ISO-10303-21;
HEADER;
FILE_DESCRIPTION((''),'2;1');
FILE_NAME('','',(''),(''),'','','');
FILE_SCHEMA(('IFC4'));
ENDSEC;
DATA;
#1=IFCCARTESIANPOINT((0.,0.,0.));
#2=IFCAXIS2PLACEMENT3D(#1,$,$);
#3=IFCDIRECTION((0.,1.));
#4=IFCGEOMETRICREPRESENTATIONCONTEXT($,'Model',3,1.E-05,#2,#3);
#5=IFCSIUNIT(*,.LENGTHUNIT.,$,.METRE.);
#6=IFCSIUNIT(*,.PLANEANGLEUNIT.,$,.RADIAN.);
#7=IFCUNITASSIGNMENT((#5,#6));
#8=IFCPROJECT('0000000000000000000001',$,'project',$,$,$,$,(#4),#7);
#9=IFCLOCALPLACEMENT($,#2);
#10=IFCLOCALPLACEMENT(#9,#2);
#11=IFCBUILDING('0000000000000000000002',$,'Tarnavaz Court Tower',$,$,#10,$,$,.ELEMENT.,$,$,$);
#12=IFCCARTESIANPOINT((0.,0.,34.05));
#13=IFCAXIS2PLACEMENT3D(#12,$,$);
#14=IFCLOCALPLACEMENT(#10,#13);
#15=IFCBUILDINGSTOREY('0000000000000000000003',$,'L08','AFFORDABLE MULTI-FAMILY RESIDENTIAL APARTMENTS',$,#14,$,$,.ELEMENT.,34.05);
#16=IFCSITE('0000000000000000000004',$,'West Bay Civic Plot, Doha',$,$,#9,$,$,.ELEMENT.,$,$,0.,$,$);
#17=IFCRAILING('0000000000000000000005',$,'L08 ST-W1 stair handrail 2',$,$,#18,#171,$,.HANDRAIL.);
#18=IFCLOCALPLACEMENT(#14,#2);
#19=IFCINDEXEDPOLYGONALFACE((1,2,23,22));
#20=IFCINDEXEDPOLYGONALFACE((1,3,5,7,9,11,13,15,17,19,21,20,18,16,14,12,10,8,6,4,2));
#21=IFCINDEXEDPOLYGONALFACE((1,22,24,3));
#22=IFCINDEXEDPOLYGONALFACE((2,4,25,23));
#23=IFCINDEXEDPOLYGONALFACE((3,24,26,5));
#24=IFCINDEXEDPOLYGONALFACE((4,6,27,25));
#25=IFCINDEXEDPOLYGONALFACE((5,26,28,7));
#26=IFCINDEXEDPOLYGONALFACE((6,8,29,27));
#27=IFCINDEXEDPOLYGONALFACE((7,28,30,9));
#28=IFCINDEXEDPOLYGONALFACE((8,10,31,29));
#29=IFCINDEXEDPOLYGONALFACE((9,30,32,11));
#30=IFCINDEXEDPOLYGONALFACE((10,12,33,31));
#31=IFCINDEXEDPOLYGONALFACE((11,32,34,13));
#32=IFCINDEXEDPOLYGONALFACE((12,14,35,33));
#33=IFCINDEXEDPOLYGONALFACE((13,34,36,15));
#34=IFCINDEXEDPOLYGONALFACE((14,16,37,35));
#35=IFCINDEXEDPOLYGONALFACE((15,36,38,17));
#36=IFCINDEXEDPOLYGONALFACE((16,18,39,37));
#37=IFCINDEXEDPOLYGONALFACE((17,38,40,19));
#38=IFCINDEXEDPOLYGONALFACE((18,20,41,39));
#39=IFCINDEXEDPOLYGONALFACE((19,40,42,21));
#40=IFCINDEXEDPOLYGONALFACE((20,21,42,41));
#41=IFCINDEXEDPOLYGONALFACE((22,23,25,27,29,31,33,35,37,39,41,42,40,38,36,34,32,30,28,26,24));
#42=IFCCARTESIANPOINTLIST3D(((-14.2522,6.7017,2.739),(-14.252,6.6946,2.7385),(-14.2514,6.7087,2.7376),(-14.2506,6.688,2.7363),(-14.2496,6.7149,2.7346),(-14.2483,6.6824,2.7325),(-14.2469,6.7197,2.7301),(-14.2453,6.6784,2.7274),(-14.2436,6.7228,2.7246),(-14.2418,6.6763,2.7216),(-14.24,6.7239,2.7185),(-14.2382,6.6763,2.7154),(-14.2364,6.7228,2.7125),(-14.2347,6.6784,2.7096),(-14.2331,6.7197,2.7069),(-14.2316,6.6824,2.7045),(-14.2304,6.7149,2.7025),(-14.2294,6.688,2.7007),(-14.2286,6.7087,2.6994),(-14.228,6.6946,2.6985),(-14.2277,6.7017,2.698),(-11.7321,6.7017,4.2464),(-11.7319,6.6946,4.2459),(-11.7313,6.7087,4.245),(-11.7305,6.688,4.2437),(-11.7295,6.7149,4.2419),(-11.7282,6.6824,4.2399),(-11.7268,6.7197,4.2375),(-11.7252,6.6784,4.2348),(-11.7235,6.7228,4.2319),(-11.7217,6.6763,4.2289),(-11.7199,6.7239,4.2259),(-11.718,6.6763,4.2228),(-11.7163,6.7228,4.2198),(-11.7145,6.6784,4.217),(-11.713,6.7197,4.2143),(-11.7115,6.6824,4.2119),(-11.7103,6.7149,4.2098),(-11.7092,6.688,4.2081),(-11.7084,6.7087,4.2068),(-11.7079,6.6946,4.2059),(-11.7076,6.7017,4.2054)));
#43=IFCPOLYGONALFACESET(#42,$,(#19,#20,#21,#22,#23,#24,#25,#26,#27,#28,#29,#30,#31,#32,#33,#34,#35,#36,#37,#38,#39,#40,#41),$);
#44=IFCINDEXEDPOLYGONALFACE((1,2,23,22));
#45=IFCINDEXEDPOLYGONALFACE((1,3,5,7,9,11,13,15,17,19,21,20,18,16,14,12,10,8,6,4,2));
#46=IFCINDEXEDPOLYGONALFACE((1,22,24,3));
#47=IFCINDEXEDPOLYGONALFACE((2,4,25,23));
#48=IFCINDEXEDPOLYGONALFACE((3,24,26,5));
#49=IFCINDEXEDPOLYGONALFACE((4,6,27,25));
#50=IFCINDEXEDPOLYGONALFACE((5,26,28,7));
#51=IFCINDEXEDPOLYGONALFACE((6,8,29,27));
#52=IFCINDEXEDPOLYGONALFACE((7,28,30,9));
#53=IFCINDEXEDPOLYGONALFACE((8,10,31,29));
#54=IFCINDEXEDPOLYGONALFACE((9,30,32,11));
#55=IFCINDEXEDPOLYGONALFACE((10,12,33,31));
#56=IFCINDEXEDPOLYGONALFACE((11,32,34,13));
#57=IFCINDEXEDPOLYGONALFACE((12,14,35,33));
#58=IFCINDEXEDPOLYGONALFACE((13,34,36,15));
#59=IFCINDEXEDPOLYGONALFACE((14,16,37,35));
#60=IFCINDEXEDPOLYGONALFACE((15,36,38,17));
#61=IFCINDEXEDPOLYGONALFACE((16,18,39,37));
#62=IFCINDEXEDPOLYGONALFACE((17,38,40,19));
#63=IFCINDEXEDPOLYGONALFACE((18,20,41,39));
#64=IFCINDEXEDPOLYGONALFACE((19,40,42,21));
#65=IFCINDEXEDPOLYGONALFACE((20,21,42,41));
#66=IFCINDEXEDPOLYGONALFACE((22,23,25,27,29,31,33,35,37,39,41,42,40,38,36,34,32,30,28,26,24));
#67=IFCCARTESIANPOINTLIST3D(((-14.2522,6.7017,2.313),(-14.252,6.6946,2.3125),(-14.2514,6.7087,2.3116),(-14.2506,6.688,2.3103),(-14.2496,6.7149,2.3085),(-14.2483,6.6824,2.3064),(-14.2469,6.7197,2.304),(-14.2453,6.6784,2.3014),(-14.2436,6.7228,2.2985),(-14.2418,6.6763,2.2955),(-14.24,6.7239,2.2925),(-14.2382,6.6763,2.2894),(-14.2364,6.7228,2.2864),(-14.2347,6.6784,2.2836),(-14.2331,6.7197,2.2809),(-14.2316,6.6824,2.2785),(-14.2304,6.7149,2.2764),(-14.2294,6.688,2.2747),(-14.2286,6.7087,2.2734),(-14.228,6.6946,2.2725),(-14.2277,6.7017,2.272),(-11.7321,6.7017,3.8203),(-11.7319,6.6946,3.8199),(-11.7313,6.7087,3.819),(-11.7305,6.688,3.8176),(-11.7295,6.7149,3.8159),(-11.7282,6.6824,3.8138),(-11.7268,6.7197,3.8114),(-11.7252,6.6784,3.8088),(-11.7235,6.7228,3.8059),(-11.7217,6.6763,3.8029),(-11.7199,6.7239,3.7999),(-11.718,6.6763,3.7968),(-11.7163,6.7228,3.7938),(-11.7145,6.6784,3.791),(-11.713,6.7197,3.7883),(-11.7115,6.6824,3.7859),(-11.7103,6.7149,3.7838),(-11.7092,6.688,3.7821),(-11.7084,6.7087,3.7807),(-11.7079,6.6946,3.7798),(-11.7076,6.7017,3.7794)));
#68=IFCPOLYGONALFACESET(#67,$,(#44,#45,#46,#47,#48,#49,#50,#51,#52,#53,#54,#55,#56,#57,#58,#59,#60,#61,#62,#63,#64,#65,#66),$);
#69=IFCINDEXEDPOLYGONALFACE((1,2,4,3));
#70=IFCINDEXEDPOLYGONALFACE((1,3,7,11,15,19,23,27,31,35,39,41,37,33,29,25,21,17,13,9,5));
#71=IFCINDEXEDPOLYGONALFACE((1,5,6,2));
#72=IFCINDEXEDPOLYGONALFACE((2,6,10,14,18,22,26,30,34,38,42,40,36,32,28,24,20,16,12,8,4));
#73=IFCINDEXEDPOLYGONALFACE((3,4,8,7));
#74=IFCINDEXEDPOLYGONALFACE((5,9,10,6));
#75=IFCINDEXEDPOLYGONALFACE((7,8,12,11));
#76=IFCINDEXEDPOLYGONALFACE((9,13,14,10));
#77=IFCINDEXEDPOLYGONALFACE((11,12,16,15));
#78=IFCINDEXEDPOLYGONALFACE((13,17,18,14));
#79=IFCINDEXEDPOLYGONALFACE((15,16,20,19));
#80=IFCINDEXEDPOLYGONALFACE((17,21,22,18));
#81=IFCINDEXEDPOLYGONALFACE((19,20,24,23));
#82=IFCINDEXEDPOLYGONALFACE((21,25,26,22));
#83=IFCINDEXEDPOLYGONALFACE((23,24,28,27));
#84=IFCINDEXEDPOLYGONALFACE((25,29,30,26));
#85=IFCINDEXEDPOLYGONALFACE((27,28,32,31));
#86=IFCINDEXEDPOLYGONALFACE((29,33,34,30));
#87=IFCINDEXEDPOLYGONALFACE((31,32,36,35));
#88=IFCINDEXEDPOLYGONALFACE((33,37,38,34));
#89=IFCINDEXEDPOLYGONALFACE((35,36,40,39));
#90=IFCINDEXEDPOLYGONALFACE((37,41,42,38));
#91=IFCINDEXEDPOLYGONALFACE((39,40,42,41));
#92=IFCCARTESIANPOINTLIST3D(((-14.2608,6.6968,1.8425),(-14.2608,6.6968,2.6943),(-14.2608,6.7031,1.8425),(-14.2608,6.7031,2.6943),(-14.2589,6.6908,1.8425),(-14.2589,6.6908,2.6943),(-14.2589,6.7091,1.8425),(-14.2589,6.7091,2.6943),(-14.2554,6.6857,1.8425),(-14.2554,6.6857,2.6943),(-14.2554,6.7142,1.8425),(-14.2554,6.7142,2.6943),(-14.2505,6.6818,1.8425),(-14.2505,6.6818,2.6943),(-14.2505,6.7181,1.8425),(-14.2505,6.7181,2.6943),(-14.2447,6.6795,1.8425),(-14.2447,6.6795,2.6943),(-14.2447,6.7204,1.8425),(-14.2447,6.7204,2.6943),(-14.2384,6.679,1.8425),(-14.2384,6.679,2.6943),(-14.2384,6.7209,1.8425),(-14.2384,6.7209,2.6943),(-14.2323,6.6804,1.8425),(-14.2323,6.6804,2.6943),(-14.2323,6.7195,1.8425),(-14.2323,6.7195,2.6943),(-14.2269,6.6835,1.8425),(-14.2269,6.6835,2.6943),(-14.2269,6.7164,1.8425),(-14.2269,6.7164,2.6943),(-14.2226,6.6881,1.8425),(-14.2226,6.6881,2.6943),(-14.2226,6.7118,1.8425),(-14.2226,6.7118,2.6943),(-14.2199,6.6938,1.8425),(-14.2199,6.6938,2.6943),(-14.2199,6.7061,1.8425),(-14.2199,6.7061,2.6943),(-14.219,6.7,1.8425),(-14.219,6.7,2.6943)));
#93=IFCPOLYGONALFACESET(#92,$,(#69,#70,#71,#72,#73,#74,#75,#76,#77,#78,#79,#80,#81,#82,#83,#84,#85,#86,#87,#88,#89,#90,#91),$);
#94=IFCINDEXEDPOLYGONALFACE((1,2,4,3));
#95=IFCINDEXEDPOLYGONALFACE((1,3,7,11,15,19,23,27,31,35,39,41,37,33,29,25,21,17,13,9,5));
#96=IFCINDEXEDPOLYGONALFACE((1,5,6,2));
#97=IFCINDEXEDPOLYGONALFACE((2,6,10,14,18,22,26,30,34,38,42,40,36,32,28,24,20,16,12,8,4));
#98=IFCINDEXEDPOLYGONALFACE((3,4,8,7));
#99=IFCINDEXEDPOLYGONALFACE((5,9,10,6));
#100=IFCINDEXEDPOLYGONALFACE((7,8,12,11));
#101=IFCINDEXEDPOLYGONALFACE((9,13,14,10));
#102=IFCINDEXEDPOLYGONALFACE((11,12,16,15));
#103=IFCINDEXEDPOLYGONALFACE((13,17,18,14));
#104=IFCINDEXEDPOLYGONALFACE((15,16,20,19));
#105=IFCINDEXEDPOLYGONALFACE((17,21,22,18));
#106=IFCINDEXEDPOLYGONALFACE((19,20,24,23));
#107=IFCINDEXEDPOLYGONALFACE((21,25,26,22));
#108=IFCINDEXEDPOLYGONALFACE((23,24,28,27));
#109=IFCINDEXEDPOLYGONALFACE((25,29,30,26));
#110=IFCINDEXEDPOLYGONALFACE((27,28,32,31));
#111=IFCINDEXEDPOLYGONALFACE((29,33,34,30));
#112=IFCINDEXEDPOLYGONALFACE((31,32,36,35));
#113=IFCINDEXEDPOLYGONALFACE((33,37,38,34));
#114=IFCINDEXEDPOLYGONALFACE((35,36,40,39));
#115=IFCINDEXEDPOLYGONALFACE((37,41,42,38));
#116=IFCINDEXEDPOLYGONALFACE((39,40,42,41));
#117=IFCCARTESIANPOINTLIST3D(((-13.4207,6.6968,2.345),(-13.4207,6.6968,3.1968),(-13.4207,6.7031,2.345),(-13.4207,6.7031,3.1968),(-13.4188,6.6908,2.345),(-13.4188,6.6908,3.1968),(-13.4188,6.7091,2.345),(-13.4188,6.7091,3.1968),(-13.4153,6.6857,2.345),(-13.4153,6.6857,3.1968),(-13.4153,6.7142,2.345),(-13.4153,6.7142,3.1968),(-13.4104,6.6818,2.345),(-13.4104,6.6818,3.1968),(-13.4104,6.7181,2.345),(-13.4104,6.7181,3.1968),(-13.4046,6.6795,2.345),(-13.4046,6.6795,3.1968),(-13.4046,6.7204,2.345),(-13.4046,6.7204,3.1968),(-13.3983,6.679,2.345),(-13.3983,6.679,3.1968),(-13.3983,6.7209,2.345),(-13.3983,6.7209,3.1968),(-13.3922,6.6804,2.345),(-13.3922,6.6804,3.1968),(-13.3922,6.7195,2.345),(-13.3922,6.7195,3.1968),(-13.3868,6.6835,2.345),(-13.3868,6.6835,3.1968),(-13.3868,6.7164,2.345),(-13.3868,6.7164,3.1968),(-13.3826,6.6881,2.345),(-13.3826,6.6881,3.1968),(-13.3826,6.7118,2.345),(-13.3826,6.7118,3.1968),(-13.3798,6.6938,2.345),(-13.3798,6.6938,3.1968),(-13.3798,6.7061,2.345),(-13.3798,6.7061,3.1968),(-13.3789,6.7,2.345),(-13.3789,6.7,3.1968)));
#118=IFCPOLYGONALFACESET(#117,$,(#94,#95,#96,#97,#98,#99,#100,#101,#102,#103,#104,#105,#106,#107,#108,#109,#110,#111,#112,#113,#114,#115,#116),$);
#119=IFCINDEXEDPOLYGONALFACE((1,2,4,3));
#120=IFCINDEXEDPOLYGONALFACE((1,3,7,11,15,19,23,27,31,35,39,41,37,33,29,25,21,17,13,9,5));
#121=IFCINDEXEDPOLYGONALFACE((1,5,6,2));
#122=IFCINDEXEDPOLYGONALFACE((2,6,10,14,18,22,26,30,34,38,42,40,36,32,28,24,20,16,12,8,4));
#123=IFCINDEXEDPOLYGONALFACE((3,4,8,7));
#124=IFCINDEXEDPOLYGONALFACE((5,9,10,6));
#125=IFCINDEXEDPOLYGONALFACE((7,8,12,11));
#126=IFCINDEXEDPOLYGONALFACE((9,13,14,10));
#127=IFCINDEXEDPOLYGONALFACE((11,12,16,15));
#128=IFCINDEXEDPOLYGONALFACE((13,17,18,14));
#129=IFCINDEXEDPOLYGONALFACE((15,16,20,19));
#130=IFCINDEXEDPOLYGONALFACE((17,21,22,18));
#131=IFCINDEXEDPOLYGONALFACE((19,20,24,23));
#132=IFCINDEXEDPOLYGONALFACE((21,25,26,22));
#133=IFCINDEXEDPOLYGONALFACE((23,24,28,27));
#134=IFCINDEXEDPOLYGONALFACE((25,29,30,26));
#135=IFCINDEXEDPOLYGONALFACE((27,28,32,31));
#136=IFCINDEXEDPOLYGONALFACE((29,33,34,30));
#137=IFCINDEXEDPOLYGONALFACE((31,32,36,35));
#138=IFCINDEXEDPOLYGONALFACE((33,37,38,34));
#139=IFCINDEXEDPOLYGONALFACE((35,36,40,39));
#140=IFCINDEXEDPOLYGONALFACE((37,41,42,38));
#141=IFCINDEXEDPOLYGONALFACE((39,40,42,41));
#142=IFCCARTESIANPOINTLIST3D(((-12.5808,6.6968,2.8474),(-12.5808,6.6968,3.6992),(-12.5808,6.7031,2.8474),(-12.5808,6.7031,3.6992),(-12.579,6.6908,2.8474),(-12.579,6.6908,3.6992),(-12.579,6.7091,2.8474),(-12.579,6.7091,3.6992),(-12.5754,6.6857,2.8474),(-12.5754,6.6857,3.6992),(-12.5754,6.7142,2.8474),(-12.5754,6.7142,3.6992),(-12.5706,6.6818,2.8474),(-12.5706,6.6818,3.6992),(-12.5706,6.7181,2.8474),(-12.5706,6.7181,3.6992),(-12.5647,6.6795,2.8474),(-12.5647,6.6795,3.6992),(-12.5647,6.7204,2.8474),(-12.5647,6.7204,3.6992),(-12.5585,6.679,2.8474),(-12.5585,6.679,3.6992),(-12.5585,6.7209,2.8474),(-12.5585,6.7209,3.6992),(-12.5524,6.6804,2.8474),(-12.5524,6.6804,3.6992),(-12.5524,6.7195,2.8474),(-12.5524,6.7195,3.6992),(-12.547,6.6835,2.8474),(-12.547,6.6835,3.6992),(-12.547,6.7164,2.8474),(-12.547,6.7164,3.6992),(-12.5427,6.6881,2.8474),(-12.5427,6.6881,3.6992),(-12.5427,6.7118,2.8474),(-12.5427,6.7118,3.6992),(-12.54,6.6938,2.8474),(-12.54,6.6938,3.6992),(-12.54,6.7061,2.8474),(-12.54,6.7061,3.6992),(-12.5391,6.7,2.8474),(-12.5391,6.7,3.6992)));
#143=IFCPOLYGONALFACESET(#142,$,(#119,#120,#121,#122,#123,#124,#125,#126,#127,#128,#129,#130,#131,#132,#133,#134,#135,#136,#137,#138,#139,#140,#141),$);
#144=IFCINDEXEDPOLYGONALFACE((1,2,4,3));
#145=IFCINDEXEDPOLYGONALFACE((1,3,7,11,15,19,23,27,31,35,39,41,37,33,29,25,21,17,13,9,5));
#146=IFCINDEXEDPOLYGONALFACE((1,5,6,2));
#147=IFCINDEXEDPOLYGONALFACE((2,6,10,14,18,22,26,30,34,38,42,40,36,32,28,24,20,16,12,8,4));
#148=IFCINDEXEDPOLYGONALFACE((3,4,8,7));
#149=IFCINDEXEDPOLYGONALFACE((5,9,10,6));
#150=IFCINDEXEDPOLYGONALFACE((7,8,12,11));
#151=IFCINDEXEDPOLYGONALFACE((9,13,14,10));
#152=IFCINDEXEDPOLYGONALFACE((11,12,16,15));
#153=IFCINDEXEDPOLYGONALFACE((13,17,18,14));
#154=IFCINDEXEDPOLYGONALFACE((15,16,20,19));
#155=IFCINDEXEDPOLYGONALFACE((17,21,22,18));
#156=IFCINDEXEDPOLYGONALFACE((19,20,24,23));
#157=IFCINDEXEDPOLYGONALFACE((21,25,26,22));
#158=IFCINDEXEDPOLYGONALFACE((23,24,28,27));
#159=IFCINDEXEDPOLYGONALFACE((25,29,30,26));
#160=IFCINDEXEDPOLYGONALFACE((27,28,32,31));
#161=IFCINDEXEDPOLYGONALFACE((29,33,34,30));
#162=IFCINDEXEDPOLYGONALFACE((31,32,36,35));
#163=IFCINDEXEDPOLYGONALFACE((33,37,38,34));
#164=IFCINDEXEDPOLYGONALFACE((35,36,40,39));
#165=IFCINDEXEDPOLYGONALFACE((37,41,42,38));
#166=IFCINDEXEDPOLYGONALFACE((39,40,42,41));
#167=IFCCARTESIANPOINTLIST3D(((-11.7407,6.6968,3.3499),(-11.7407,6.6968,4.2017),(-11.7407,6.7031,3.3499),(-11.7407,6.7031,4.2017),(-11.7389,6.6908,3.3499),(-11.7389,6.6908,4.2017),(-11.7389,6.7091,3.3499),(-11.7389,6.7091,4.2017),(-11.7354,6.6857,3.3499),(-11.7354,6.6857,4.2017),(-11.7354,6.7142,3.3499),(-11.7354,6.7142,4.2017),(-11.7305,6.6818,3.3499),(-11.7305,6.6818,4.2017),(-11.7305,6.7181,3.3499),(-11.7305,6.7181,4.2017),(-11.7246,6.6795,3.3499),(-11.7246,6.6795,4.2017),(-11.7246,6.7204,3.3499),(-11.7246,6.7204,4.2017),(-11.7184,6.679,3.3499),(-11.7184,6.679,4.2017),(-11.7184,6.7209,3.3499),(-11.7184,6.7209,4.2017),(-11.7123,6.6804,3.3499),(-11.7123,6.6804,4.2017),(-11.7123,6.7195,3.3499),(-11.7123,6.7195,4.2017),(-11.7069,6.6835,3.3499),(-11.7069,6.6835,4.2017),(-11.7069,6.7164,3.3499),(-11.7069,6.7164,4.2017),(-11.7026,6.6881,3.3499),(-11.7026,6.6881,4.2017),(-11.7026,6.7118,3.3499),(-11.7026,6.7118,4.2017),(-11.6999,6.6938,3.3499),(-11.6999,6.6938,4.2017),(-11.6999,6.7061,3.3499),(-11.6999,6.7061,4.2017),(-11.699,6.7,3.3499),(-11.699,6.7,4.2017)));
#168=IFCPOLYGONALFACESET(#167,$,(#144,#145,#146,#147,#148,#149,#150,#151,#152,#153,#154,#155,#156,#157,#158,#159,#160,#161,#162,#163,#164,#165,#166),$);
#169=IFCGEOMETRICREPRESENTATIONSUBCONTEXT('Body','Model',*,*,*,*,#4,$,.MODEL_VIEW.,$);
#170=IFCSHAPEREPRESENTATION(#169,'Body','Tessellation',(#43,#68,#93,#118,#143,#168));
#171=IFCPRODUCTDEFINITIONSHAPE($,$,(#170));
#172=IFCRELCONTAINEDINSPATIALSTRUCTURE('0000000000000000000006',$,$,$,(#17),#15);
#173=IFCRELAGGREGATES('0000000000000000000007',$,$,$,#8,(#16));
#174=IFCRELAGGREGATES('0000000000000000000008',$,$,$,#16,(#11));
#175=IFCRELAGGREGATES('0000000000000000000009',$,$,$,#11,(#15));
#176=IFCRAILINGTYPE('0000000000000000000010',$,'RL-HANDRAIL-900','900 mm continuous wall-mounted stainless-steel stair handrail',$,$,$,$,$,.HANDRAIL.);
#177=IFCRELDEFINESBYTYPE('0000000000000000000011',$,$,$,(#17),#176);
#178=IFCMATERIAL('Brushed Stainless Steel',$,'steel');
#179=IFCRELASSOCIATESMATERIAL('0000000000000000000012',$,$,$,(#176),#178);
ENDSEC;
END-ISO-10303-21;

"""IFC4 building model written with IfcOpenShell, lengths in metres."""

from ifc_helpers import new_model, si_unit, direction, frame, origin, origin_2d, place, context, subcontext, project, spatial, circle, extrude, material, type_object, element, save


model = new_model("IFC4")

# Units and contexts
model_context = context("Model", 3, precision=1e-05, world=origin(), true_north=direction((0.0, 1.0)))
body_context = subcontext(model_context, "Body", "Model", "MODEL_VIEW")
ifc_project = project(units=[si_unit("LENGTHUNIT", "METRE"), si_unit("PLANEANGLEUNIT", "RADIAN")], contexts=[model_context])

# Site, building, storey
site_placement = place(None, origin())
site = spatial("IfcSite", under=ifc_project, at=site_placement, Name="West Bay Civic Plot, Doha", CompositionType="ELEMENT", RefElevation=0.0)
building_placement = place(site_placement, origin())
building = spatial("IfcBuilding", under=site, at=building_placement, Name="Tarnavaz Court Tower", CompositionType="ELEMENT")
storey_placement = place(building_placement, frame((0.0, 0.0, 34.05)))
storey = spatial("IfcBuildingStorey", under=building, at=storey_placement, Name="L08", Description="AFFORDABLE MULTI-FAMILY RESIDENTIAL APARTMENTS", CompositionType="ELEMENT", Elevation=34.05)

# Railing
ifc_material_1 = material(Name="Brushed Stainless Steel", Category="steel")
railing_type_1 = type_object("IfcRailingType", Name="RL-HANDRAIL-900", Description="900 mm continuous wall-mounted stainless-steel stair handrail", PredefinedType="HANDRAIL", material=ifc_material_1)
railing_1_placement = place(storey_placement, frame((-14.24, 6.7, 1.8425)))
element("IfcRailing", 1, at=railing_1_placement, inside=storey, type_object=railing_type_1, Name="L08 ST-W1 stair handrail 2", PredefinedType="HANDRAIL", context=body_context, shape_type="SweptSolid", body=[
    extrude(circle(Radius=0.0239, at=origin_2d()), frame((0.0, 0.0, 0.876), z_axis=(0.858196, 0.0, 0.513321), x_axis=(0.0, 1.0, 0.0)), (0.0, 0.0, 1.0), 2.9365),
    extrude(circle(Radius=0.0239, at=origin_2d()), frame((0.0, 0.0, 0.45), z_axis=(0.858196, 0.0, 0.513321), x_axis=(0.0, 1.0, 0.0)), (0.0, 0.0, 1.0), 2.9365),
    extrude(circle(Radius=0.021, at=origin_2d()), origin(), (0.0, 0.0, 1.0), 0.8518),
    extrude(circle(Radius=0.021, at=origin_2d()), frame((0.8401, 0.0, 0.5024)), (0.0, 0.0, 1.0), 0.8518),
    extrude(circle(Radius=0.021, at=origin_2d()), frame((1.6799, 0.0, 1.0049)), (0.0, 0.0, 1.0), 0.8518),
    extrude(circle(Radius=0.021, at=origin_2d()), frame((2.52, 0.0, 1.5073)), (0.0, 0.0, 1.0), 0.8518),
])

save(model, "model.ifc")
